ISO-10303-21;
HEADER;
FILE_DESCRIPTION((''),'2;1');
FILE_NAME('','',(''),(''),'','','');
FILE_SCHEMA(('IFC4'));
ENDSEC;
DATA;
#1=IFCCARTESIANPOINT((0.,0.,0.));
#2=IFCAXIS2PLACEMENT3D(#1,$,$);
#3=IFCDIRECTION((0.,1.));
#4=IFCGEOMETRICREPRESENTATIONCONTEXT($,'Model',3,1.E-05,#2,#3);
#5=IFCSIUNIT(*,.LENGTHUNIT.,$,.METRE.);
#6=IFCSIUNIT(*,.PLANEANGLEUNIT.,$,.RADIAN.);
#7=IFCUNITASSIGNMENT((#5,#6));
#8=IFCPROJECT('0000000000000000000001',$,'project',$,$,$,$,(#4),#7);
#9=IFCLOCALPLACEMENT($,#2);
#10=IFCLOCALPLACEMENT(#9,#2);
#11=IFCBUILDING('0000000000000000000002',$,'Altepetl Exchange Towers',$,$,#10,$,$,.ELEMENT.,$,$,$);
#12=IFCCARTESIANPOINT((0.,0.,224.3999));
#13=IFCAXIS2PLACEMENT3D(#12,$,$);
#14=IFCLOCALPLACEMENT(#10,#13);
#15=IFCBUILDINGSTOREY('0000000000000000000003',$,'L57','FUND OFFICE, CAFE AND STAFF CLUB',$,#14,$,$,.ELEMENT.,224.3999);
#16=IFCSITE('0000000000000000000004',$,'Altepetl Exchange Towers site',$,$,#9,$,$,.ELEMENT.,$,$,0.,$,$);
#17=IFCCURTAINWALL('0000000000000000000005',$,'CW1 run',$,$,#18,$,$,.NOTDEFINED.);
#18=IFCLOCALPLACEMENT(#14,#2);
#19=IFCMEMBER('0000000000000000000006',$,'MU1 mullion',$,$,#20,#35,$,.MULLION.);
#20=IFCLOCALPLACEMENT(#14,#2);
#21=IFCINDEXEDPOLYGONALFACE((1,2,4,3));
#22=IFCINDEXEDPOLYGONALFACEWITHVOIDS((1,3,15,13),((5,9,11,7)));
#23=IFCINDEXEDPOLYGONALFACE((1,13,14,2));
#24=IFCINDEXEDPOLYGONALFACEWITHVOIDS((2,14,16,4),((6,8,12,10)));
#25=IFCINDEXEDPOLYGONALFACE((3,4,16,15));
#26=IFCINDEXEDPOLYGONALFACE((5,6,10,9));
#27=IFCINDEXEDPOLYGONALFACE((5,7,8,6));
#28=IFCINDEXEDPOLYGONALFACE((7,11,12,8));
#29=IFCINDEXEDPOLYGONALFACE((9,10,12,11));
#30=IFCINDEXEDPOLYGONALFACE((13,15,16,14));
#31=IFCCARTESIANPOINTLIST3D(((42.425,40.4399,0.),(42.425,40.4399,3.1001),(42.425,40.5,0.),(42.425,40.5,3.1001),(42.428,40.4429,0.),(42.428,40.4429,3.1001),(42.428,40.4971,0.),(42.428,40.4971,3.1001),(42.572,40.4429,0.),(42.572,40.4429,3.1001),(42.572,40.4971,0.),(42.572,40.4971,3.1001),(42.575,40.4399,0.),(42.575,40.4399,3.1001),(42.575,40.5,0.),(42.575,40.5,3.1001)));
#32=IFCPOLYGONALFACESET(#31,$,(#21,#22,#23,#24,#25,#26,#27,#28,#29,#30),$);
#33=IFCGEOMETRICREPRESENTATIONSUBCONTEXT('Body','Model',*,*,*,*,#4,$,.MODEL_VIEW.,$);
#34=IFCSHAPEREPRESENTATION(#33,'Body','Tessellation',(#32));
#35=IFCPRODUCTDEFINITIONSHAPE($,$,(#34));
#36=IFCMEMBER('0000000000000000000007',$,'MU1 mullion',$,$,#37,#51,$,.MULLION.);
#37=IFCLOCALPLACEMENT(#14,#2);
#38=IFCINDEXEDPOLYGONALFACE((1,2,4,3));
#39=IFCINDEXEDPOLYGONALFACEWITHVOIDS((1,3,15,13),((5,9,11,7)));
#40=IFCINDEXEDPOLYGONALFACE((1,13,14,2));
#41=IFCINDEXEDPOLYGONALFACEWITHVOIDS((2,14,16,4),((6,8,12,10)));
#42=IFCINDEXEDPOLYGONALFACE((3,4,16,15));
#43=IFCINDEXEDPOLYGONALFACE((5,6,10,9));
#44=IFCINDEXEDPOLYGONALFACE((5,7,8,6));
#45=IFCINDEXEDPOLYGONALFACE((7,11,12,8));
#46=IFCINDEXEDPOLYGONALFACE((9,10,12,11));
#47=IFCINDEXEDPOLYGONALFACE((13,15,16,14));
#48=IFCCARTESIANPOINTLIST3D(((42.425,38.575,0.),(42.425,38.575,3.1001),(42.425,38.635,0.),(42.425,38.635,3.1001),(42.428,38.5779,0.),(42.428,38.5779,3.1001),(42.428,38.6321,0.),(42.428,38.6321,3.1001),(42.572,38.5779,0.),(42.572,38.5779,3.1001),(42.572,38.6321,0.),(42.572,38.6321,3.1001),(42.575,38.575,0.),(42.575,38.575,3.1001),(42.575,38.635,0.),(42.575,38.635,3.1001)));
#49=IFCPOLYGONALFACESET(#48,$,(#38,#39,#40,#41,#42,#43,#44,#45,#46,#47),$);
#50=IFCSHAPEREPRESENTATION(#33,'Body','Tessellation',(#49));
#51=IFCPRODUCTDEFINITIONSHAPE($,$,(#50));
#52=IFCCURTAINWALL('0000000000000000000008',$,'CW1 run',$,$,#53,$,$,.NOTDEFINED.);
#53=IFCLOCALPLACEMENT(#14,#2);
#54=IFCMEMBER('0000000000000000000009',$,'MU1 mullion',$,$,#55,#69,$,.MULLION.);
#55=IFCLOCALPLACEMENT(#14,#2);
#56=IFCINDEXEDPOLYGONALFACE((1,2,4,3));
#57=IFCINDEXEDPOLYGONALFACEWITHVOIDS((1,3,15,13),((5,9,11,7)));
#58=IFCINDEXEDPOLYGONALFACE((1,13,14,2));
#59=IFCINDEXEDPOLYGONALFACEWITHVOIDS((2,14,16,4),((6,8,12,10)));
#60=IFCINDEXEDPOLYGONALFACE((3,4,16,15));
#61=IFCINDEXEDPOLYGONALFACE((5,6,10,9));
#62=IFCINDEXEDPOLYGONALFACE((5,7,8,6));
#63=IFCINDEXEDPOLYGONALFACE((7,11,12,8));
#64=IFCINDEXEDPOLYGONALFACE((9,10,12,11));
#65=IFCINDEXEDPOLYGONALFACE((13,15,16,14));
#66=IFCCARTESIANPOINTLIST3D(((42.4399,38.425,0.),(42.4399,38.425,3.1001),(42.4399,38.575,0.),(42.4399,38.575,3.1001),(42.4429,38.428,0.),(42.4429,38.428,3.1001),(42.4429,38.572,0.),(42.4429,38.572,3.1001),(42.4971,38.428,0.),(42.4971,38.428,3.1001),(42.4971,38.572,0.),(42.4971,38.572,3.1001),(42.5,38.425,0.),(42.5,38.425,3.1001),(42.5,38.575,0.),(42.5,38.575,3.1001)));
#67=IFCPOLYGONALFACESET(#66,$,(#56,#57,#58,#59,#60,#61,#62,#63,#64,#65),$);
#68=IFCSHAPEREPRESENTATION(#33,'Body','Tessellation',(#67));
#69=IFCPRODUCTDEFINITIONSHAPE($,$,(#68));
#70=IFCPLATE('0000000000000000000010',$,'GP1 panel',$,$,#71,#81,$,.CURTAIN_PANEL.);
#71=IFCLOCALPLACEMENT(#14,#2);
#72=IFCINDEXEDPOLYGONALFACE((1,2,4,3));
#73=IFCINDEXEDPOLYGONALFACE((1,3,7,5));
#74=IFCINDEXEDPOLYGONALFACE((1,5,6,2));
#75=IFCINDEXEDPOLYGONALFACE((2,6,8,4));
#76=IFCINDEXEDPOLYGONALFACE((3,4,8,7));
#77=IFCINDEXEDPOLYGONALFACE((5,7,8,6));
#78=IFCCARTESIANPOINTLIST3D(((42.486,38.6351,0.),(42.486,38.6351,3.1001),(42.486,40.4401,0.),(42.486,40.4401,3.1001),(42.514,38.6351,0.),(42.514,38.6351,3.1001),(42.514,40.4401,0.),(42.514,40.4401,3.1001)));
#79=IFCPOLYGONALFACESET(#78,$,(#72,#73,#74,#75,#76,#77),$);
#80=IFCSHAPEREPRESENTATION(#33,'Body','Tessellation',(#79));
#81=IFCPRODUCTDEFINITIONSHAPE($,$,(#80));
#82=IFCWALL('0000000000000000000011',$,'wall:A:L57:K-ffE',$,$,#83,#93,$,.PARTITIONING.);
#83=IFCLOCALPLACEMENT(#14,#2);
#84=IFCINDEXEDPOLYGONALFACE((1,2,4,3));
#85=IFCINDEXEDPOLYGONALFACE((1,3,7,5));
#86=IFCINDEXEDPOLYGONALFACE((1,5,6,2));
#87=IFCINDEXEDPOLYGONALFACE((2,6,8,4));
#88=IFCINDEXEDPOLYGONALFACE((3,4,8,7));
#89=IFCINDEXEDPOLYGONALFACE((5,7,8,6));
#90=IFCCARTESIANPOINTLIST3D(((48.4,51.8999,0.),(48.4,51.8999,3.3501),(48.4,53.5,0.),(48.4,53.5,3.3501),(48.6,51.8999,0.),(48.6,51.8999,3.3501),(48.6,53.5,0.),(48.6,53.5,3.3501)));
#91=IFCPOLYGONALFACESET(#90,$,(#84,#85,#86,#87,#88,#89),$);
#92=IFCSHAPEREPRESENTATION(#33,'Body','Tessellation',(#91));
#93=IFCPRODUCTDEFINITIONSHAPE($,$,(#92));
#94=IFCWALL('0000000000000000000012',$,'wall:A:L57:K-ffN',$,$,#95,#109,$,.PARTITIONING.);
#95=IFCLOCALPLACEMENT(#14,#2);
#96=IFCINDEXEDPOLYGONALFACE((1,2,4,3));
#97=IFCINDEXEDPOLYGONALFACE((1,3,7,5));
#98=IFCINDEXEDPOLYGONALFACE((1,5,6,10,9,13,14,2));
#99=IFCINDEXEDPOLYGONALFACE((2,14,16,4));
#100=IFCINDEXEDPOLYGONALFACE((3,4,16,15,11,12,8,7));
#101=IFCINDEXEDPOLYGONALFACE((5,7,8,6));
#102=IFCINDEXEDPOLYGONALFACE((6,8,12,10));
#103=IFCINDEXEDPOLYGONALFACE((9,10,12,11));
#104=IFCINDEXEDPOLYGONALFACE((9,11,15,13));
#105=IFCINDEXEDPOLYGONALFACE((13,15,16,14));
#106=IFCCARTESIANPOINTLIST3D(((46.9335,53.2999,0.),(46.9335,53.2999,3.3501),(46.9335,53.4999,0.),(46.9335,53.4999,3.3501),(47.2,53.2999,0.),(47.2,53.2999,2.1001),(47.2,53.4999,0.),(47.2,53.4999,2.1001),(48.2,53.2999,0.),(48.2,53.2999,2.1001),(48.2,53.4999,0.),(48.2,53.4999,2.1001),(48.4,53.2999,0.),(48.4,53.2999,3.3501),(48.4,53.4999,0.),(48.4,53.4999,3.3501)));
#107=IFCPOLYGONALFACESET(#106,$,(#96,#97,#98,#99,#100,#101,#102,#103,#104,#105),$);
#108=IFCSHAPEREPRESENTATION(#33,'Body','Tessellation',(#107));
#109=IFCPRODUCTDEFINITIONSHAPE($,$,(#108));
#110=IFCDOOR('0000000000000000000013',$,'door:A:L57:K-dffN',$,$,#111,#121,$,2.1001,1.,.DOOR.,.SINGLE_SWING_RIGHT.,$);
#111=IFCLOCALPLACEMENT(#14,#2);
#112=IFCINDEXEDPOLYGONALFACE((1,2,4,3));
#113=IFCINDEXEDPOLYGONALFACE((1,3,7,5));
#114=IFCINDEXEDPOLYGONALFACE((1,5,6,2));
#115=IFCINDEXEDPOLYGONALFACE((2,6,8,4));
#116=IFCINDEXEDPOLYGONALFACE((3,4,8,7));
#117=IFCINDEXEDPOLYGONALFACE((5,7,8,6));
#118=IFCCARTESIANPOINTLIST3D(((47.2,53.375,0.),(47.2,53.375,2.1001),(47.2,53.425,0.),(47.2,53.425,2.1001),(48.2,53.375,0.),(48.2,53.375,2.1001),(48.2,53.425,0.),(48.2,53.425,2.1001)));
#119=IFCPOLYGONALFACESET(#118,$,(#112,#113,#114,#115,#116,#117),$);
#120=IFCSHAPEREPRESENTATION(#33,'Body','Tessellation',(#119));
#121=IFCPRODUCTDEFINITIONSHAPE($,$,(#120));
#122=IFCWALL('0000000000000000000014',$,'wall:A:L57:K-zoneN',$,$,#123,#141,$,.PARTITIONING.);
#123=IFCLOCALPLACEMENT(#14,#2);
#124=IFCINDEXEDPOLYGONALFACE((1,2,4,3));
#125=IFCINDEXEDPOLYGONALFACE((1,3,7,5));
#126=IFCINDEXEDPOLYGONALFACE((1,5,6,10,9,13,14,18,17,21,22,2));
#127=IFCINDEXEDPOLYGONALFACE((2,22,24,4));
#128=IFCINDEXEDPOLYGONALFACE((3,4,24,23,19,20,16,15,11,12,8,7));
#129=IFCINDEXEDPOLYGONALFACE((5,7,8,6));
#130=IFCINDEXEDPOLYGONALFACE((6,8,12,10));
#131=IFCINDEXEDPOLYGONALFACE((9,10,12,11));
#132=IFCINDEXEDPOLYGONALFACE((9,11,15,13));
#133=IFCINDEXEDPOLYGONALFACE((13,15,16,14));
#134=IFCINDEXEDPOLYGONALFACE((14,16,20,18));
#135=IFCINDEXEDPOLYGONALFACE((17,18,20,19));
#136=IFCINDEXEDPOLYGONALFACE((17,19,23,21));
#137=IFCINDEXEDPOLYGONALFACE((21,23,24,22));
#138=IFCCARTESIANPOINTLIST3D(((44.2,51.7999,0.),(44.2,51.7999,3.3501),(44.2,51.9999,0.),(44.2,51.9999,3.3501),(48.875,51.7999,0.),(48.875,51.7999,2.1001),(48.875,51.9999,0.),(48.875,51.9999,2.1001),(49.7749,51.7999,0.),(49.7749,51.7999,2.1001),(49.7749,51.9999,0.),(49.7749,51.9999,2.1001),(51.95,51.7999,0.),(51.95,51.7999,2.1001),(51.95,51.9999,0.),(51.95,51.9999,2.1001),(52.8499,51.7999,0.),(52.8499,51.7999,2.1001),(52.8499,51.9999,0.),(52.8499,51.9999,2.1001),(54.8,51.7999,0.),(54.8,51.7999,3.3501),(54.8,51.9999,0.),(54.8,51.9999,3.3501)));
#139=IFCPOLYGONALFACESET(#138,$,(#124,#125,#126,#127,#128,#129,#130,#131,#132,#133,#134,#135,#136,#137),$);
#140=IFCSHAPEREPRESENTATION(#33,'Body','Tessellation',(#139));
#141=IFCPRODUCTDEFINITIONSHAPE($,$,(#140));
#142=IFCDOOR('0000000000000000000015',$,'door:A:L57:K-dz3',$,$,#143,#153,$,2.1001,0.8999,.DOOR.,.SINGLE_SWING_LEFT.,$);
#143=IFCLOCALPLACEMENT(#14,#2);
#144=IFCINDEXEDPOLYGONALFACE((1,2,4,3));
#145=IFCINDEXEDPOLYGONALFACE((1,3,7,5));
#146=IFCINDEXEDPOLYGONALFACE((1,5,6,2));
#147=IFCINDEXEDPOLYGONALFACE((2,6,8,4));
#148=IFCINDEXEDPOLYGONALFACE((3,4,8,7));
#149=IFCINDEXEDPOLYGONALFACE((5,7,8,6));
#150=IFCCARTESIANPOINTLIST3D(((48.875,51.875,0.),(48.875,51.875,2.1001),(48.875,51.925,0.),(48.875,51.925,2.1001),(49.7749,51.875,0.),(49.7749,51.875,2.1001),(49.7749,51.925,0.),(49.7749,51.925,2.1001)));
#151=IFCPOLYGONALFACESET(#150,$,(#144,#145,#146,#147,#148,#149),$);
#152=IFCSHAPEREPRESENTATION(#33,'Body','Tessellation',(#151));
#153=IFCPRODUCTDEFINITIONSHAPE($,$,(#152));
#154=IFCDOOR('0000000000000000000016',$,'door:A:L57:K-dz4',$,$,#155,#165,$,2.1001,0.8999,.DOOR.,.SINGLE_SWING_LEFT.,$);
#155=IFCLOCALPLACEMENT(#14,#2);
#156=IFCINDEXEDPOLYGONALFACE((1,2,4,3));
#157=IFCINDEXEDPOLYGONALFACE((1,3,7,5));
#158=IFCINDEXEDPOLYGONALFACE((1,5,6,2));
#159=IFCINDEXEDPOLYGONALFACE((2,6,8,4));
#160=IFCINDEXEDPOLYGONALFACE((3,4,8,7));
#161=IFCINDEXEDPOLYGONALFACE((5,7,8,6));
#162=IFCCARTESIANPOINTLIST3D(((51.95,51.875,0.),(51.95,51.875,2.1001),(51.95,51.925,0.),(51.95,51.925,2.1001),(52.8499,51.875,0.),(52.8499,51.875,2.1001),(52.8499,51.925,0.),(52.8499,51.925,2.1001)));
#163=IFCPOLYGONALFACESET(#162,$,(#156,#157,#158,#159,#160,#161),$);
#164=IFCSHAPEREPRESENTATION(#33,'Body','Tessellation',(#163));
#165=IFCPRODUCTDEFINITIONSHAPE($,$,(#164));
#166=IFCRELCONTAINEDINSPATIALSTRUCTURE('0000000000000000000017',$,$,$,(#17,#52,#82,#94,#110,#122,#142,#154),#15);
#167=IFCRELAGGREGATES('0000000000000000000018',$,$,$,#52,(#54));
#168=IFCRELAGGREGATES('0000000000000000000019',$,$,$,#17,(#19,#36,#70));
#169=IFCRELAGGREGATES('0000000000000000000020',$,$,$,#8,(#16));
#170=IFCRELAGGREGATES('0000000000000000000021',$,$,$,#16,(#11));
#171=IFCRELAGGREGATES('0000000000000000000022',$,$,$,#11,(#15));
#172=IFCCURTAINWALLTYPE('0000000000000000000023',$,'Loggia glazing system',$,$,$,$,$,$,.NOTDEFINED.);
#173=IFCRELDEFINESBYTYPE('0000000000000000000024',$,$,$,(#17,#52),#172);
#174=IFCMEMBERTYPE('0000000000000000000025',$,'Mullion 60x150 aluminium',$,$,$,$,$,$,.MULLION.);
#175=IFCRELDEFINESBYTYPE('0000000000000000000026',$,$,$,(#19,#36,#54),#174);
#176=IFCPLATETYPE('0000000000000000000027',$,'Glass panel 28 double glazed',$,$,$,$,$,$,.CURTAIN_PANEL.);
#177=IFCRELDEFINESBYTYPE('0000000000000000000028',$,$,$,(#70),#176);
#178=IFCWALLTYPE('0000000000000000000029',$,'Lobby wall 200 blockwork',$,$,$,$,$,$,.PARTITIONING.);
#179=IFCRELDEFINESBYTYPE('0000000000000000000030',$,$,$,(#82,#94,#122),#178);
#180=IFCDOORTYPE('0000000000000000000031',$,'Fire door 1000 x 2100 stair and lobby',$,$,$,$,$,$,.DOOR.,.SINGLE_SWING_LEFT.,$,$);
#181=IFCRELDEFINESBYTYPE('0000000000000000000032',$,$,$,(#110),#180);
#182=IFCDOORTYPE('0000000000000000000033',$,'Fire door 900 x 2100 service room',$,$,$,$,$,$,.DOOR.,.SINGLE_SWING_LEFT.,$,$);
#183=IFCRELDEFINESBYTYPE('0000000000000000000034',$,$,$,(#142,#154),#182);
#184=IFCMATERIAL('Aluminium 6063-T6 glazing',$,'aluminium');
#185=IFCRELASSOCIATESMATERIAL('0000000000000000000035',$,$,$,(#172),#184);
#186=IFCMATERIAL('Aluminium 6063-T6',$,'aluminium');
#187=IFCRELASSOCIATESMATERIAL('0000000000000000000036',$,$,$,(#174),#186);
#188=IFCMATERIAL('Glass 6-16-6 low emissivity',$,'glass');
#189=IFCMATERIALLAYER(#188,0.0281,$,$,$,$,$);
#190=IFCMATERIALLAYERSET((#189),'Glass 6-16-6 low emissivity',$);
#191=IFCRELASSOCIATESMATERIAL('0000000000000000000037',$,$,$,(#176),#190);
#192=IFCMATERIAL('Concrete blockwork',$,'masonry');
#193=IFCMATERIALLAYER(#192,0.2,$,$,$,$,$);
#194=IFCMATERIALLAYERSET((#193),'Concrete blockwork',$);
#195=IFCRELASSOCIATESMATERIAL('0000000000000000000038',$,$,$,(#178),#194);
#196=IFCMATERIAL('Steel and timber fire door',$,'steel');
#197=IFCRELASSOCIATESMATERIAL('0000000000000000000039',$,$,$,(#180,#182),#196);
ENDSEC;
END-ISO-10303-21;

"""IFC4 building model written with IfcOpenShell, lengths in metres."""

from ifc_helpers import new_model, si_unit, direction, frame, frame_2d, origin, origin_2d, place, context, subcontext, project, spatial, rectangle, hollow_rectangle, extrude, material, layer, layer_set, material_profile, profile_set, type_object, element, fill, aggregate, save


model = new_model("IFC4")

# Units and contexts
model_context = context("Model", 3, precision=1e-05, world=origin(), true_north=direction((0.0, 1.0)))
body_context = subcontext(model_context, "Body", "Model", "MODEL_VIEW")
ifc_project = project(units=[si_unit("LENGTHUNIT", "METRE"), si_unit("PLANEANGLEUNIT", "RADIAN")], contexts=[model_context])

# Site, building, storey
site_placement = place(None, origin())
site = spatial("IfcSite", under=ifc_project, at=site_placement, Name="Altepetl Exchange Towers site", CompositionType="ELEMENT", RefElevation=0.0)
building_placement = place(site_placement, origin())
building = spatial("IfcBuilding", under=site, at=building_placement, Name="Altepetl Exchange Towers", CompositionType="ELEMENT")
storey_placement = place(building_placement, frame((0.0, 0.0, 224.3999)))
storey = spatial("IfcBuildingStorey", under=building, at=storey_placement, Name="L57", Description="FUND OFFICE, CAFE AND STAFF CLUB", CompositionType="ELEMENT", Elevation=224.3999)

# Curtain wall, members
ifc_material_1 = material(Name="Aluminium 6063-T6 glazing", Category="aluminium")
curtain_wall_type = type_object("IfcCurtainWallType", Name="Loggia glazing system", PredefinedType="NOTDEFINED", material=ifc_material_1)
curtain_wall_1_placement = place(storey_placement, origin())
curtain_wall_1 = element("IfcCurtainWall", 1, at=curtain_wall_1_placement, inside=storey, type_object=curtain_wall_type, Name="CW1 run", PredefinedType="NOTDEFINED")
ifc_material_2 = material(Name="Aluminium 6063-T6", Category="aluminium")
ifc_material_profile = material_profile(ifc_material_2, hollow_rectangle(XDim=0.0601, YDim=0.1499, WallThickness=0.0029, at=origin_2d()), Name="Mullion 60x150 aluminium")
ifc_profile_set = profile_set([ifc_material_profile], Name="Aluminium 6063-T6")
member_type = type_object("IfcMemberType", Name="Mullion 60x150 aluminium", PredefinedType="MULLION", material=ifc_profile_set)
member_1_placement = place(storey_placement, frame((42.5, 40.47, 0.0), z_axis=(0.0, 0.0, 1.0), x_axis=(0.0, -1.0, 0.0)))
member_1 = element("IfcMember", 2, at=member_1_placement, type_object=member_type, Name="MU1 mullion", PredefinedType="MULLION", context=body_context, shape_type="SweptSolid", body=[
    extrude(hollow_rectangle(XDim=0.0601, YDim=0.1499, WallThickness=0.0029, at=origin_2d()), origin(), (0.0, 0.0, 1.0), 3.1001),
])
member_2_placement = place(storey_placement, frame((42.5, 38.605, 0.0), z_axis=(0.0, 0.0, 1.0), x_axis=(0.0, -1.0, 0.0)))
member_2 = element("IfcMember", 3, at=member_2_placement, type_object=member_type, Name="MU1 mullion", PredefinedType="MULLION", context=body_context, shape_type="SweptSolid", body=[
    extrude(hollow_rectangle(XDim=0.0601, YDim=0.1499, WallThickness=0.0029, at=origin_2d()), origin(), (0.0, 0.0, 1.0), 3.1001),
])

# Curtain wall, member
curtain_wall_2_placement = place(storey_placement, origin())
curtain_wall_2 = element("IfcCurtainWall", 4, at=curtain_wall_2_placement, inside=storey, type_object=curtain_wall_type, Name="CW1 run", PredefinedType="NOTDEFINED")
member_3_placement = place(storey_placement, frame((42.47, 38.5, 0.0), z_axis=(0.0, 0.0, 1.0), x_axis=(-1.0, 0.0, 0.0)))
member_3 = element("IfcMember", 5, at=member_3_placement, type_object=member_type, Name="MU1 mullion", PredefinedType="MULLION", context=body_context, shape_type="SweptSolid", body=[
    extrude(hollow_rectangle(XDim=0.0601, YDim=0.1499, WallThickness=0.0029, at=origin_2d()), origin(), (0.0, 0.0, 1.0), 3.1001),
])
aggregate(curtain_wall_2, [member_3])

# Plate
ifc_material_3 = material(Name="Glass 6-16-6 low emissivity", Category="glass")
ifc_layer_1 = layer(ifc_material_3, 0.0281)
ifc_layer_set_1 = layer_set([ifc_layer_1], Name="Glass 6-16-6 low emissivity")
plate_type = type_object("IfcPlateType", Name="Glass panel 28 double glazed", PredefinedType="CURTAIN_PANEL", material=ifc_layer_set_1)
plate_placement = place(storey_placement, frame((42.5, 39.5376, 0.0), z_axis=(0.0, 0.0, 1.0), x_axis=(0.0, -1.0, 0.0)))
plate = element("IfcPlate", 6, at=plate_placement, type_object=plate_type, Name="GP1 panel", PredefinedType="CURTAIN_PANEL", context=body_context, shape_type="SweptSolid", body=[
    extrude(rectangle(XDim=1.8049, YDim=0.0281, at=origin_2d()), origin(), (0.0, 0.0, 1.0), 3.1001),
])
aggregate(curtain_wall_1, [member_1, member_2, plate])

# Wall
ifc_material_4 = material(Name="Concrete blockwork", Category="masonry")
ifc_layer_2 = layer(ifc_material_4, 0.2)
ifc_layer_set_2 = layer_set([ifc_layer_2], Name="Concrete blockwork")
wall_type_1 = type_object("IfcWallType", Name="Lobby wall 200 blockwork", PredefinedType="PARTITIONING", material=ifc_layer_set_2)
wall_1_placement = place(storey_placement, frame((48.5, 51.8999, 0.0), z_axis=(0.0, 0.0, 1.0), x_axis=(0.0, 1.0, 0.0)))
element("IfcWall", 7, at=wall_1_placement, inside=storey, type_object=wall_type_1, Name="wall:A:L57:K-ffE", PredefinedType="PARTITIONING", context=body_context, shape_type="SweptSolid", body=[
    extrude(rectangle(XDim=1.6001, YDim=0.2, at=frame_2d((0.8, 0.0))), origin(), (0.0, 0.0, 1.0), 3.3501),
])

# Wall, opening, door
wall_2_placement = place(storey_placement, frame((46.9333, 53.3999, 0.0)))
wall_2 = element("IfcWall", 8, at=wall_2_placement, inside=storey, type_object=wall_type_1, Name="wall:A:L57:K-ffN", PredefinedType="PARTITIONING", context=body_context, shape_type="SweptSolid", body=[
    extrude(rectangle(XDim=1.4666, YDim=0.2, at=frame_2d((0.7334, 0.0))), origin(), (0.0, 0.0, 1.0), 3.3501),
])
opening_1_placement = place(wall_2_placement, frame((0.2666, 0.0, 0.0)))
opening_1 = element("IfcOpeningElement", 9, at=opening_1_placement, cuts=wall_2, PredefinedType="OPENING", context=body_context, shape_type="SweptSolid", body=[
    extrude(rectangle(XDim=1.0, YDim=2.1001, at=frame_2d((0.5, 1.05))), frame((0.0, 0.1099, 0.0), z_axis=(0.0, -1.0, 0.0), x_axis=(1.0, 0.0, 0.0)), (0.0, 0.0, 1.0), 0.22),
])
ifc_material_5 = material(Name="Steel and timber fire door", Category="steel")
door_type_1 = type_object("IfcDoorType", Name="Fire door 1000 x 2100 stair and lobby", OperationType="SINGLE_SWING_LEFT", PredefinedType="DOOR", material=ifc_material_5)
door_1_placement = place(opening_1_placement, frame((1.0, 0.0, 0.0), x_axis=(-1.0, 0.0, 0.0)))
door_1 = element("IfcDoor", 10, at=door_1_placement, inside=storey, type_object=door_type_1, Name="door:A:L57:K-dffN", OperationType="SINGLE_SWING_RIGHT", OverallHeight=2.1001, OverallWidth=1.0, PredefinedType="DOOR", context=body_context, shape_type="SweptSolid", body=[
    extrude(rectangle(XDim=1.0, YDim=2.1001, at=frame_2d((0.5, 1.05))), frame((0.0, 0.0249, 0.0), z_axis=(0.0, -1.0, 0.0), x_axis=(1.0, 0.0, 0.0)), (0.0, 0.0, 1.0), 0.05),
])
fill(opening_1, door_1)

# Wall, openings, doors
wall_3_placement = place(storey_placement, frame((44.2, 51.8999, 0.0)))
wall_3 = element("IfcWall", 11, at=wall_3_placement, inside=storey, type_object=wall_type_1, Name="wall:A:L57:K-zoneN", PredefinedType="PARTITIONING", context=body_context, shape_type="SweptSolid", body=[
    extrude(rectangle(XDim=10.6001, YDim=0.2, at=frame_2d((5.3, 0.0))), origin(), (0.0, 0.0, 1.0), 3.3501),
])
opening_2_placement = place(wall_3_placement, frame((4.675, 0.0, 0.0)))
opening_2 = element("IfcOpeningElement", 12, at=opening_2_placement, cuts=wall_3, PredefinedType="OPENING", context=body_context, shape_type="SweptSolid", body=[
    extrude(rectangle(XDim=0.8999, YDim=2.1001, at=frame_2d((0.45, 1.05))), frame((0.0, 0.1099, 0.0), z_axis=(0.0, -1.0, 0.0), x_axis=(1.0, 0.0, 0.0)), (0.0, 0.0, 1.0), 0.22),
])
opening_3_placement = place(wall_3_placement, frame((7.75, 0.0, 0.0)))
opening_3 = element("IfcOpeningElement", 13, at=opening_3_placement, cuts=wall_3, PredefinedType="OPENING", context=body_context, shape_type="SweptSolid", body=[
    extrude(rectangle(XDim=0.8999, YDim=2.1001, at=frame_2d((0.45, 1.05))), frame((0.0, 0.1099, 0.0), z_axis=(0.0, -1.0, 0.0), x_axis=(1.0, 0.0, 0.0)), (0.0, 0.0, 1.0), 0.22),
])
door_type_2 = type_object("IfcDoorType", Name="Fire door 900 x 2100 service room", OperationType="SINGLE_SWING_LEFT", PredefinedType="DOOR", material=ifc_material_5)
door_2_placement = place(opening_2_placement, frame((0.8999, 0.0, 0.0), x_axis=(-1.0, 0.0, 0.0)))
door_2 = element("IfcDoor", 14, at=door_2_placement, inside=storey, type_object=door_type_2, Name="door:A:L57:K-dz3", OperationType="SINGLE_SWING_LEFT", OverallHeight=2.1001, OverallWidth=0.8999, PredefinedType="DOOR", context=body_context, shape_type="SweptSolid", body=[
    extrude(rectangle(XDim=0.8999, YDim=2.1001, at=frame_2d((0.45, 1.05))), frame((0.0, 0.0249, 0.0), z_axis=(0.0, -1.0, 0.0), x_axis=(1.0, 0.0, 0.0)), (0.0, 0.0, 1.0), 0.05),
])
fill(opening_2, door_2)
door_3_placement = place(opening_3_placement, frame((0.8999, 0.0, 0.0), x_axis=(-1.0, 0.0, 0.0)))
door_3 = element("IfcDoor", 15, at=door_3_placement, inside=storey, type_object=door_type_2, Name="door:A:L57:K-dz4", OperationType="SINGLE_SWING_LEFT", OverallHeight=2.1001, OverallWidth=0.8999, PredefinedType="DOOR", context=body_context, shape_type="SweptSolid", body=[
    extrude(rectangle(XDim=0.8999, YDim=2.1001, at=frame_2d((0.45, 1.05))), frame((0.0, 0.0249, 0.0), z_axis=(0.0, -1.0, 0.0), x_axis=(1.0, 0.0, 0.0)), (0.0, 0.0, 1.0), 0.05),
])
fill(opening_3, door_3)

save(model, "model.ifc")
